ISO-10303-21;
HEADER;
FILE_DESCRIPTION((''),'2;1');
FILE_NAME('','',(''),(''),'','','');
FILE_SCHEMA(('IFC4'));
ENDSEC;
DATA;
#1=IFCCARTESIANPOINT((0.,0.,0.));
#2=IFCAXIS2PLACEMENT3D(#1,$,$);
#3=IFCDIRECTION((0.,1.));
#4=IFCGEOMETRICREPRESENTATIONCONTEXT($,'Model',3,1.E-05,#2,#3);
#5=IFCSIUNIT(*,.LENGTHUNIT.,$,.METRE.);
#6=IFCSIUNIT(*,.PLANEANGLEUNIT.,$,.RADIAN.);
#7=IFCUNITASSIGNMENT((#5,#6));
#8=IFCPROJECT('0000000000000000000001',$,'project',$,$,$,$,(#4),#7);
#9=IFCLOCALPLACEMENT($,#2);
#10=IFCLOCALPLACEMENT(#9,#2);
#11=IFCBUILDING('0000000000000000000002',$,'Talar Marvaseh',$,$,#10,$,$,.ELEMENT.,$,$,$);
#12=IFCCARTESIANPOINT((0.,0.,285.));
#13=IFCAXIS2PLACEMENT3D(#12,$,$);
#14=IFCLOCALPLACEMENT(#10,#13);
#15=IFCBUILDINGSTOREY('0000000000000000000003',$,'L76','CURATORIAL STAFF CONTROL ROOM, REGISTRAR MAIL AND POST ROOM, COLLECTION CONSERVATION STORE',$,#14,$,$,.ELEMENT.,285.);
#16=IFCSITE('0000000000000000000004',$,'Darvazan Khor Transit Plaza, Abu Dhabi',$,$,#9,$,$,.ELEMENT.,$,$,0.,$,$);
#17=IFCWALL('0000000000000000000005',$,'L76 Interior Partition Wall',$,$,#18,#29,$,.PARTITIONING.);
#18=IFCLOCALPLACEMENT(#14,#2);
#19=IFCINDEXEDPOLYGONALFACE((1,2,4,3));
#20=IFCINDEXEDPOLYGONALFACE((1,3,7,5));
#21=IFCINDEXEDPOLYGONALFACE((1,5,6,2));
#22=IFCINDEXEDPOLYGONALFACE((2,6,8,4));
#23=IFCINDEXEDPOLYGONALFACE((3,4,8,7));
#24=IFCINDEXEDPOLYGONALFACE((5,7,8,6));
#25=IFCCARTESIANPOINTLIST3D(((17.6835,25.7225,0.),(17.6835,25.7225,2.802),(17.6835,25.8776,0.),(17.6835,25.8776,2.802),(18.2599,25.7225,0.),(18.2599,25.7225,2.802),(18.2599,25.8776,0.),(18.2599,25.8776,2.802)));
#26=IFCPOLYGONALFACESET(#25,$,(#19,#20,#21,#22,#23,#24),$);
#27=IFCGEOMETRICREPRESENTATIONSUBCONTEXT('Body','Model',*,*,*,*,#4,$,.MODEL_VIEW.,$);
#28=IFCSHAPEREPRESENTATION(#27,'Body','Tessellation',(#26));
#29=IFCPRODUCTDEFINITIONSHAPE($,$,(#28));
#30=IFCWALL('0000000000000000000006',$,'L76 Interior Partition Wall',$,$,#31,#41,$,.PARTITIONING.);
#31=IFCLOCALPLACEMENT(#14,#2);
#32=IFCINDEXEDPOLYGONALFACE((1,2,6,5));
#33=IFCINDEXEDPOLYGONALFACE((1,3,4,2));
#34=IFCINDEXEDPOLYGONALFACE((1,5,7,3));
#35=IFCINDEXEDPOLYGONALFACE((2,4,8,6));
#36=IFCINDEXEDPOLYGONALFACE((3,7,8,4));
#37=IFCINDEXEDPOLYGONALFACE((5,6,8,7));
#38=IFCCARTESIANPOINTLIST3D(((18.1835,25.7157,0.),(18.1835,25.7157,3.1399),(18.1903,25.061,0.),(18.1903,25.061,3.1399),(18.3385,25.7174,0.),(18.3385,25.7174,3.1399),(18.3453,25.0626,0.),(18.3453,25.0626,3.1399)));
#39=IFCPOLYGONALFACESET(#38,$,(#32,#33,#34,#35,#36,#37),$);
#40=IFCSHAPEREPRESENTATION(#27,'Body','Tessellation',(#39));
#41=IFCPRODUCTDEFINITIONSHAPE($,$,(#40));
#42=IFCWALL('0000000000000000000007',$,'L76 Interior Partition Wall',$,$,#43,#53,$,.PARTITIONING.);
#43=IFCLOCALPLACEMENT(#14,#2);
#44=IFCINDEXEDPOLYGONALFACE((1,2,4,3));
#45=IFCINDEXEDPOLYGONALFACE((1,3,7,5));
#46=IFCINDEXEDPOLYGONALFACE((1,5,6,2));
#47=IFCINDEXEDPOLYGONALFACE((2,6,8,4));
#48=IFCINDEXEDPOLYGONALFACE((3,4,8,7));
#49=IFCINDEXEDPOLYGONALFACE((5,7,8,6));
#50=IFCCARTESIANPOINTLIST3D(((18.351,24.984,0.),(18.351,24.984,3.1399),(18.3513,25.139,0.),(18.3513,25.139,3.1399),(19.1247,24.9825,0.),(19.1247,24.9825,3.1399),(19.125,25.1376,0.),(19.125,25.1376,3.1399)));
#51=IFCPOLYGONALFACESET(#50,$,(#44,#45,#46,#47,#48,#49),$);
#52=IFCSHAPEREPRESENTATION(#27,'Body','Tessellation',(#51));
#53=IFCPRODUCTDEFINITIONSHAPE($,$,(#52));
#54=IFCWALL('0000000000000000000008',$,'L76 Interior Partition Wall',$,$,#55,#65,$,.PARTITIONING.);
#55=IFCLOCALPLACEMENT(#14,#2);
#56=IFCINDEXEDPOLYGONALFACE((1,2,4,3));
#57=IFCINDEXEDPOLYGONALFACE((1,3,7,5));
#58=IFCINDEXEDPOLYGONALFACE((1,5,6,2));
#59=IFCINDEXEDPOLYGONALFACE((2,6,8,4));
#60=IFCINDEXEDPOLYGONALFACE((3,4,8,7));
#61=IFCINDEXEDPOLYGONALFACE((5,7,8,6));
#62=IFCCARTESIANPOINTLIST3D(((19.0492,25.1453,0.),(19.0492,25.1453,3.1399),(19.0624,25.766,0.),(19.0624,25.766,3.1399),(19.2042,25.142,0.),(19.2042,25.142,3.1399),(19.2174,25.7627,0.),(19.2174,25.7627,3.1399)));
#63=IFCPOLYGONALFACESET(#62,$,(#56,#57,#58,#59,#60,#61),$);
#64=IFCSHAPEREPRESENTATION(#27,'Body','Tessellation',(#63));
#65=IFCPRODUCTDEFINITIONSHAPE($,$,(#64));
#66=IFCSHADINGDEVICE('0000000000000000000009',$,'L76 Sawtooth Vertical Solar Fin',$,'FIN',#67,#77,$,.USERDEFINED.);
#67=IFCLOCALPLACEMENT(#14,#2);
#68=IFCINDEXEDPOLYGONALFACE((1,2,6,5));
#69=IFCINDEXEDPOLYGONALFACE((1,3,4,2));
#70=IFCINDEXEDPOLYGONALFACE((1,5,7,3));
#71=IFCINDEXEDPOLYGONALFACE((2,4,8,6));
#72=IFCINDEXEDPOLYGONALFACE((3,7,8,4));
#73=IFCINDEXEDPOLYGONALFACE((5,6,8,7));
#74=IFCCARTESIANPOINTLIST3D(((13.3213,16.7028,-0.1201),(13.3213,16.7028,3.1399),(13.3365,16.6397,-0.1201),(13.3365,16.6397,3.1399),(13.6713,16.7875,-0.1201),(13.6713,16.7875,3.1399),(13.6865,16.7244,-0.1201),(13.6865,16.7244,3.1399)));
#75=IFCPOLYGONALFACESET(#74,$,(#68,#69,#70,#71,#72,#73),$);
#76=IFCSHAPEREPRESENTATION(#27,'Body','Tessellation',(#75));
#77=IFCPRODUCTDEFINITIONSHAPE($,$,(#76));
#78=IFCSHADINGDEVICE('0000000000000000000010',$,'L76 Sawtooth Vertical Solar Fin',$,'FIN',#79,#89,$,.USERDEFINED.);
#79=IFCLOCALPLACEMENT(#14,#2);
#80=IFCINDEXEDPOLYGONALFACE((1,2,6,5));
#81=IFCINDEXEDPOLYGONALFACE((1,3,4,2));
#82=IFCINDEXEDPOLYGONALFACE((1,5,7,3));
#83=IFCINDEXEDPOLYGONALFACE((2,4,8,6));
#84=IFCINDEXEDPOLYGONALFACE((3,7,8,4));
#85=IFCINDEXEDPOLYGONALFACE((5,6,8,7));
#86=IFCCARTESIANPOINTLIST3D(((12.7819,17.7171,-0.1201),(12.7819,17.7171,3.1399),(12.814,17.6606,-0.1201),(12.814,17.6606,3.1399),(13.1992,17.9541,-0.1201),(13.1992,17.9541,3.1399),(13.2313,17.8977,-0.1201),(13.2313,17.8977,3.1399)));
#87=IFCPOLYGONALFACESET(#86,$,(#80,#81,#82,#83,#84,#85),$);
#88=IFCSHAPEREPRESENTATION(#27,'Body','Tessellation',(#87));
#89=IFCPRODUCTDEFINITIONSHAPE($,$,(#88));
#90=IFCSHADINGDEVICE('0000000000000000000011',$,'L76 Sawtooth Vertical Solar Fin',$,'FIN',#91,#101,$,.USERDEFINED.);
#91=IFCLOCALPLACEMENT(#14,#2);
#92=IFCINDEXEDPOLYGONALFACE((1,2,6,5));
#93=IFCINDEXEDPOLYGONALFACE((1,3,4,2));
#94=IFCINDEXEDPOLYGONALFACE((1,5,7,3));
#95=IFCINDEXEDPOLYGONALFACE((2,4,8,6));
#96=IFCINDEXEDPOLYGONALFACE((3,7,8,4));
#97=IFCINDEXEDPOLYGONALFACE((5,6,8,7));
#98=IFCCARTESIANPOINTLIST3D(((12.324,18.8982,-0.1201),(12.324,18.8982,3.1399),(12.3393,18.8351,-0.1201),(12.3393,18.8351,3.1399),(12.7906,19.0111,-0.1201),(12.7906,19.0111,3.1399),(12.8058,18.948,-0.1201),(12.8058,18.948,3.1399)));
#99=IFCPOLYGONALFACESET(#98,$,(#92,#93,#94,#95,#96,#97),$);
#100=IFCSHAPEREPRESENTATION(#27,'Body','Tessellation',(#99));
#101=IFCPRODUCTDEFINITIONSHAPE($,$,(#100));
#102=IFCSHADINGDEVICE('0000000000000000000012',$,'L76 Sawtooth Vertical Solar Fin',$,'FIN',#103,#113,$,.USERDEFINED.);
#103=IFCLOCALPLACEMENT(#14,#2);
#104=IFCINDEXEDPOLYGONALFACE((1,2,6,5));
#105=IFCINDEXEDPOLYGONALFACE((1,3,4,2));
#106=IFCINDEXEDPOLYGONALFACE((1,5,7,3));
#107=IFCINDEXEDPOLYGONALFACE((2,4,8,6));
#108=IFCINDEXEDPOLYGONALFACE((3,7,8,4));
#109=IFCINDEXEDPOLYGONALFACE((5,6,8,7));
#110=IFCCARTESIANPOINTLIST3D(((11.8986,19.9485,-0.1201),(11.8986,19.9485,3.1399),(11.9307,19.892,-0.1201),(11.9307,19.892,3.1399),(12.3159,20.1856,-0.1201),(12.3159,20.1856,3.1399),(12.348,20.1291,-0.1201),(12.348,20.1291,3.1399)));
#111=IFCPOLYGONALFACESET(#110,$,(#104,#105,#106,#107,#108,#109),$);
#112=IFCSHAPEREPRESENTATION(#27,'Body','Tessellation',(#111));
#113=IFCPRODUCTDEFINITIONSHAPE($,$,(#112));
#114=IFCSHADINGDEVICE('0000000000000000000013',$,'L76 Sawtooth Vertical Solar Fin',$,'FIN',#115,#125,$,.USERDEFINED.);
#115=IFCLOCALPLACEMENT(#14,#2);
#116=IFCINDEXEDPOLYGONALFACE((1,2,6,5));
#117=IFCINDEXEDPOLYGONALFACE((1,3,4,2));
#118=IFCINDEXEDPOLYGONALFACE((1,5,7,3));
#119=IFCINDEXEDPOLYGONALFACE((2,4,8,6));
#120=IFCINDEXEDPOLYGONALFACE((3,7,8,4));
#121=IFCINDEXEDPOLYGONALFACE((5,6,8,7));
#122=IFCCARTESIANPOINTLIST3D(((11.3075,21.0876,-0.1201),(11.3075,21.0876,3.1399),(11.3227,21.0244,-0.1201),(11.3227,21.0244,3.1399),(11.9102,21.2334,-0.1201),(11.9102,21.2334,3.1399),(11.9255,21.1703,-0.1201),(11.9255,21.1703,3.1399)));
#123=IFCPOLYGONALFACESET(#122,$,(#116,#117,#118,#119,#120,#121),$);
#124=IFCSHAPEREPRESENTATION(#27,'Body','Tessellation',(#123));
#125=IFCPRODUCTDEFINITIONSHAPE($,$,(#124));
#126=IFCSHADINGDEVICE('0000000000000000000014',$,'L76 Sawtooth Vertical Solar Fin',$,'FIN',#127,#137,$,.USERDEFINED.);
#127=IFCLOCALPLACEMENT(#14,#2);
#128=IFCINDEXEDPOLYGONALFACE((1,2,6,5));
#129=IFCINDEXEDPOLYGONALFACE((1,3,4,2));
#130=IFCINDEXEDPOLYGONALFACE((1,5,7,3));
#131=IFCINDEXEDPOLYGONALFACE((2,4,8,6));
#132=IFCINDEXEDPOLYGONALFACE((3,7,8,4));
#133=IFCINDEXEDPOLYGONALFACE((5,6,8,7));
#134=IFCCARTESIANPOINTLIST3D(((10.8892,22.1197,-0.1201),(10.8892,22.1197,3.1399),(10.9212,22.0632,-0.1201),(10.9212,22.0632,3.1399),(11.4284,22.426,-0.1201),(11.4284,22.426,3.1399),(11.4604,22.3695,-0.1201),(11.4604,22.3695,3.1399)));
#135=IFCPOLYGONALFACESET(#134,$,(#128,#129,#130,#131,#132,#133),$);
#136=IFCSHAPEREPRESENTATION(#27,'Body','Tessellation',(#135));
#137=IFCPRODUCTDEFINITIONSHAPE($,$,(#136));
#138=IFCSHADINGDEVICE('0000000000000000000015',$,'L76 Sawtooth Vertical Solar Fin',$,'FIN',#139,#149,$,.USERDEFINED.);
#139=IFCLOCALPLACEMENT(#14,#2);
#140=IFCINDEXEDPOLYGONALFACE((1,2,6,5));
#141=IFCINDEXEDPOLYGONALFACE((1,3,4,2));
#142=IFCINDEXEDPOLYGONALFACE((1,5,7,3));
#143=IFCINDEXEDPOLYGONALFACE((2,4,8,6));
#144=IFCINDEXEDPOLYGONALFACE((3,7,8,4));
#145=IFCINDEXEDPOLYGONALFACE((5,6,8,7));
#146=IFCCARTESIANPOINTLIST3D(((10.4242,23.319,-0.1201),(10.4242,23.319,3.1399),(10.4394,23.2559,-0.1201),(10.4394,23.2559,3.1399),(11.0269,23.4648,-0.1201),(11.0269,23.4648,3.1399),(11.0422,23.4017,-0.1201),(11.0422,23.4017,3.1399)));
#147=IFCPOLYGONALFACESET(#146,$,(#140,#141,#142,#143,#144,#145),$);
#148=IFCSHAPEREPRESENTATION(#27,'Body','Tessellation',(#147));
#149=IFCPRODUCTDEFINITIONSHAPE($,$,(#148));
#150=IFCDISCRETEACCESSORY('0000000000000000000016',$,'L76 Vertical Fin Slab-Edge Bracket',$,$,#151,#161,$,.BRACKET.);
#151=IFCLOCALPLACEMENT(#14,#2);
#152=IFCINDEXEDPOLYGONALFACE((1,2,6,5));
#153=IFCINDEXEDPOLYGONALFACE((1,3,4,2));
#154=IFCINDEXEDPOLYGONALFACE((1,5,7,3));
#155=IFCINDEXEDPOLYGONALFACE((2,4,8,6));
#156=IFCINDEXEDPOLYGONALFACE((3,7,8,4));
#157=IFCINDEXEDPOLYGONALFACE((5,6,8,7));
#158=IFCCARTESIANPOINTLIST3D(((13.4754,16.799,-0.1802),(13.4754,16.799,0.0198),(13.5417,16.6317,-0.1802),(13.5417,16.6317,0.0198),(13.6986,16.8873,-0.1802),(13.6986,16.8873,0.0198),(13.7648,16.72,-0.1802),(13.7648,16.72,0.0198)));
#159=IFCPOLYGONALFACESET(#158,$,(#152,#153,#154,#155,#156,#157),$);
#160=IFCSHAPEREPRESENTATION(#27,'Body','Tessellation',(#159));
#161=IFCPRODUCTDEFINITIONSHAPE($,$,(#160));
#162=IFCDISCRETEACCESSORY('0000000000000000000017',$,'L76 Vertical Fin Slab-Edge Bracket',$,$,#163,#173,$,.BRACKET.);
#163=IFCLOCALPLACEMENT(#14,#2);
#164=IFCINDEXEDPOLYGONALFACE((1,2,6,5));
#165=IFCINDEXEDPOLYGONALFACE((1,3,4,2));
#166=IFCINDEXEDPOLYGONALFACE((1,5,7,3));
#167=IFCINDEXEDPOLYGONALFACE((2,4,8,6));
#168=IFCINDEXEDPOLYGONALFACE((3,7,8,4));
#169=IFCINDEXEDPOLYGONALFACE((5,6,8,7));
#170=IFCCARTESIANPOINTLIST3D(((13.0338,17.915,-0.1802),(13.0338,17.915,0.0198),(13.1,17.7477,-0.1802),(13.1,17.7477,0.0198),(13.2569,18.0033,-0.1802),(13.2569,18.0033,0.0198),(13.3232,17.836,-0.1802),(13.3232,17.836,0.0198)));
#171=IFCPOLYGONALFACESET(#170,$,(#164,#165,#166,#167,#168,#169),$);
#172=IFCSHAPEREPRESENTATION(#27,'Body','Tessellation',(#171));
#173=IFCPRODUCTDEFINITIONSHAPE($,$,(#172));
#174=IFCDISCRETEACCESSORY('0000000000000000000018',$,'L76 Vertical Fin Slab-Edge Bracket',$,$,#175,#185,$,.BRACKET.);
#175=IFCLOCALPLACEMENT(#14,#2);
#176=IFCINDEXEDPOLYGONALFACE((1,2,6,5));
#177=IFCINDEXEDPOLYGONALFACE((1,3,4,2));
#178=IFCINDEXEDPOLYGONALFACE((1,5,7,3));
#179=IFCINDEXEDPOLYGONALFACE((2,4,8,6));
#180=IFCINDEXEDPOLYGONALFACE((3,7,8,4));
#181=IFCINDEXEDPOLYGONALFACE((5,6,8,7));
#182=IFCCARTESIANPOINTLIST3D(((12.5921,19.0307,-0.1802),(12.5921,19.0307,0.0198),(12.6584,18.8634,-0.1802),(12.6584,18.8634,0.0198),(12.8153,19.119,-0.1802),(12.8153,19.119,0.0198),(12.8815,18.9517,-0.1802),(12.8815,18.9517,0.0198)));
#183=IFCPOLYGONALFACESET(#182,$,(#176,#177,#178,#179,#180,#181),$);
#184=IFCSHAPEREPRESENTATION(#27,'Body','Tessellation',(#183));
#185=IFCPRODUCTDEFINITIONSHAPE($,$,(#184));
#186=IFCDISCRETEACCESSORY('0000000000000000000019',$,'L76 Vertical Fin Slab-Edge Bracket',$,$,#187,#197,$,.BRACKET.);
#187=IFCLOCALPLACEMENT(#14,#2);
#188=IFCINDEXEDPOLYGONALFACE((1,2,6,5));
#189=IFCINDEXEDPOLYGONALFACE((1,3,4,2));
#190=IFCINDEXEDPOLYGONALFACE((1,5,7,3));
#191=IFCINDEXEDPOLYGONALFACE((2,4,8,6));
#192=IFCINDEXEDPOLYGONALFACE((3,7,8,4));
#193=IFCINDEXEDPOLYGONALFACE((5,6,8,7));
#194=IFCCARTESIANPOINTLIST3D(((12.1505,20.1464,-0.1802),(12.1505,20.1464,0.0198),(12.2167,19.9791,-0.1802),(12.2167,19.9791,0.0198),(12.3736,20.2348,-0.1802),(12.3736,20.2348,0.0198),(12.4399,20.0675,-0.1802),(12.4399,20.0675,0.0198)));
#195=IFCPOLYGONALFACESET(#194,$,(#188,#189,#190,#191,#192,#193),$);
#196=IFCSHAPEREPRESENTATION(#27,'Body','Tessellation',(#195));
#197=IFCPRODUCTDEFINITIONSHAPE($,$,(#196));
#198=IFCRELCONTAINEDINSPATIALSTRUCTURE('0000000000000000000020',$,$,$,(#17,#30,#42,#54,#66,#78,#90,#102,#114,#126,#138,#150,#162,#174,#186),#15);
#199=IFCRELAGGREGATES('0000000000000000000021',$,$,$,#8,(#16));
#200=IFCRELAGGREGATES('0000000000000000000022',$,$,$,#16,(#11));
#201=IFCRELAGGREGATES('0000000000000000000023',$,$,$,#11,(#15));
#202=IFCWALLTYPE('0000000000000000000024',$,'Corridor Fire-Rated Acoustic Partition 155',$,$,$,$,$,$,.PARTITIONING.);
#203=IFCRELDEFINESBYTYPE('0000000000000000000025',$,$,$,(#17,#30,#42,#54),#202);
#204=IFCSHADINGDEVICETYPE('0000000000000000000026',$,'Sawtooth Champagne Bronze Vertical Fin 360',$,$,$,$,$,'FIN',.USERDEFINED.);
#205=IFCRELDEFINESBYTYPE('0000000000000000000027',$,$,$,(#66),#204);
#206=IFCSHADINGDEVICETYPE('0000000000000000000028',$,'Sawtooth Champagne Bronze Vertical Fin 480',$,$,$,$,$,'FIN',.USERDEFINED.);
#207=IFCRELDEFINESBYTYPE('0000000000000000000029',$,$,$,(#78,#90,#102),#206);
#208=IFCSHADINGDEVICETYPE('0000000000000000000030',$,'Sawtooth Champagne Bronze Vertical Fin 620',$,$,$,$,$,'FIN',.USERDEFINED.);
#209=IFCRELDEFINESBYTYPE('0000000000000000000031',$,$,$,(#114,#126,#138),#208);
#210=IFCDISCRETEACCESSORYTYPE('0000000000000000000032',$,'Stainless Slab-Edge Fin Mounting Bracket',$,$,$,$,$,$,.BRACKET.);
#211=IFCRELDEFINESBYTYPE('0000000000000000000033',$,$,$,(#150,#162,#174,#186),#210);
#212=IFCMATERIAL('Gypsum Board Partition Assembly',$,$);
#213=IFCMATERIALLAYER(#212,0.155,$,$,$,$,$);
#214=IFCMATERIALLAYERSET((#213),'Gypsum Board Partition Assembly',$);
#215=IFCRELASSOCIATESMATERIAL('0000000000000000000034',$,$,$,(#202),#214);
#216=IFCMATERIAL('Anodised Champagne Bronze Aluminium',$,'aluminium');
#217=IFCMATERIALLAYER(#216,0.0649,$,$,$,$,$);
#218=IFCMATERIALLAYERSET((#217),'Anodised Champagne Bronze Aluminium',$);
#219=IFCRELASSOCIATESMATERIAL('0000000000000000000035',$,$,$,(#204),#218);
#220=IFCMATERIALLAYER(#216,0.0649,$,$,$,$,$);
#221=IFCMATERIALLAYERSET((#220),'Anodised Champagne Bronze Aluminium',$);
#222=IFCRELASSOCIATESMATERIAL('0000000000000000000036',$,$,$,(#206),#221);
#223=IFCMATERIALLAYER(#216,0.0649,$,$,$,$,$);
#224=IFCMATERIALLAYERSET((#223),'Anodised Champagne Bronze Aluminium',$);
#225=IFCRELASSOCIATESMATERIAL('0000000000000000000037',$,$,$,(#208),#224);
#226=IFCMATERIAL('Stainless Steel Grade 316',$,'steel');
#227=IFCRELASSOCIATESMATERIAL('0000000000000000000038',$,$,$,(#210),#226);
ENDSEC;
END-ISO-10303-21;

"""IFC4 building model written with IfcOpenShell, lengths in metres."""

from ifc_helpers import new_model, si_unit, direction, frame, frame_2d, origin, origin_2d, place, context, subcontext, project, spatial, rectangle, extrude, source, transform, mapped, material, layer, layer_set, type_object, type_shapes, element, save


model = new_model("IFC4")

# Units and contexts
model_context = context("Model", 3, precision=1e-05, world=origin(), true_north=direction((0.0, 1.0)))
body_context = subcontext(model_context, "Body", "Model", "MODEL_VIEW")
ifc_project = project(units=[si_unit("LENGTHUNIT", "METRE"), si_unit("PLANEANGLEUNIT", "RADIAN")], contexts=[model_context])

# Site, building, storey
site_placement = place(None, origin())
site = spatial("IfcSite", under=ifc_project, at=site_placement, Name="Darvazan Khor Transit Plaza, Abu Dhabi", CompositionType="ELEMENT", RefElevation=0.0)
building_placement = place(site_placement, origin())
building = spatial("IfcBuilding", under=site, at=building_placement, Name="Talar Marvaseh", CompositionType="ELEMENT")
storey_placement = place(building_placement, frame((0.0, 0.0, 285.0)))
storey = spatial("IfcBuildingStorey", under=building, at=storey_placement, Name="L76", Description="CURATORIAL STAFF CONTROL ROOM, REGISTRAR MAIL AND POST ROOM, COLLECTION CONSERVATION STORE", CompositionType="ELEMENT", Elevation=285.0)

# Shared definitions
ifc_material_1 = material(Name="Gypsum Board Partition Assembly")
ifc_layer_1 = layer(ifc_material_1, 0.155)
ifc_layer_set_1 = layer_set([ifc_layer_1], Name="Gypsum Board Partition Assembly")
wall_type_1 = type_object("IfcWallType", Name="Corridor Fire-Rated Acoustic Partition 155", PredefinedType="PARTITIONING", material=ifc_layer_set_1)

# Walls
wall_1_placement = place(storey_placement, frame((17.6836, 25.8, 0.0), z_axis=(0.0, 0.0, 1.0), x_axis=(1.0, 0.0, 0.0)))
element("IfcWall", 1, at=wall_1_placement, inside=storey, type_object=wall_type_1, Name="L76 Interior Partition Wall", PredefinedType="PARTITIONING", context=body_context, shape_type="SweptSolid", body=[
    extrude(rectangle(XDim=0.5764, YDim=0.155, at=frame_2d((0.2881, 0.0))), origin(), (0.0, 0.0, 1.0), 2.802),
])
wall_2_placement = place(storey_placement, frame((18.261, 25.7166, 0.0), z_axis=(0.0, 0.0, 1.0), x_axis=(0.010439, -0.999946, 0.0)))
element("IfcWall", 2, at=wall_2_placement, inside=storey, type_object=wall_type_1, Name="L76 Interior Partition Wall", PredefinedType="PARTITIONING", context=body_context, shape_type="SweptSolid", body=[
    extrude(rectangle(XDim=0.6548, YDim=0.155, at=frame_2d((0.3274, 0.0))), origin(), (0.0, 0.0, 1.0), 3.1399),
])
wall_3_placement = place(storey_placement, frame((18.3513, 25.0615, 0.0), z_axis=(0.0, 0.0, 1.0), x_axis=(0.999998, -0.001893, 0.0)))
element("IfcWall", 3, at=wall_3_placement, inside=storey, type_object=wall_type_1, Name="L76 Interior Partition Wall", PredefinedType="PARTITIONING", context=body_context, shape_type="SweptSolid", body=[
    extrude(rectangle(XDim=0.7737, YDim=0.155, at=frame_2d((0.3867, 0.0))), origin(), (0.0, 0.0, 1.0), 3.1399),
])
wall_4_placement = place(storey_placement, frame((19.1267, 25.1436, 0.0), z_axis=(0.0, 0.0, 1.0), x_axis=(0.021238, 0.999774, 0.0)))
element("IfcWall", 4, at=wall_4_placement, inside=storey, type_object=wall_type_1, Name="L76 Interior Partition Wall", PredefinedType="PARTITIONING", context=body_context, shape_type="SweptSolid", body=[
    extrude(rectangle(XDim=0.6208, YDim=0.155, at=frame_2d((0.3105, 0.0))), origin(), (0.0, 0.0, 1.0), 3.1399),
])

# Shading devices
ifc_material_2 = material(Name="Anodised Champagne Bronze Aluminium", Category="aluminium")
ifc_layer_2 = layer(ifc_material_2, 0.0649)
ifc_layer_set_2 = layer_set([ifc_layer_2], Name="Anodised Champagne Bronze Aluminium")
shading_device_type_1 = type_object("IfcShadingDeviceType", Name="Sawtooth Champagne Bronze Vertical Fin 360", ElementType="FIN", PredefinedType="USERDEFINED", material=ifc_layer_set_2)
shared_shape_1 = source(origin(), body_context, "Body", "SweptSolid", [
    extrude(rectangle(XDim=0.3601, YDim=0.0649, at=origin_2d()), origin(), (0.0, 0.0, 1.0), 3.26),
])
type_shapes(shading_device_type_1, [shared_shape_1])
shading_device_placement = place(storey_placement, frame((13.5039, 16.7136, -0.1201), z_axis=(0.0, 0.0, 1.0), x_axis=(-0.971961, -0.235142, 0.0)))
element("IfcShadingDevice", 5, at=shading_device_placement, inside=storey, type_object=shading_device_type_1, Name="L76 Sawtooth Vertical Solar Fin", ObjectType="FIN", PredefinedType="USERDEFINED", context=body_context, shape_type="MappedRepresentation", body=[
    mapped(shared_shape_1, transform((0.0, 0.0, 0.0), x_axis=(1.0, 0.0, 0.0), y_axis=(0.0, 1.0, 0.0), z_axis=(0.0, 0.0, 1.0), scale=1.0)),
])
ifc_layer_3 = layer(ifc_material_2, 0.0649)
ifc_layer_set_3 = layer_set([ifc_layer_3], Name="Anodised Champagne Bronze Aluminium")
shading_device_type_2 = type_object("IfcShadingDeviceType", Name="Sawtooth Champagne Bronze Vertical Fin 480", ElementType="FIN", PredefinedType="USERDEFINED", material=ifc_layer_set_3)
shared_shape_2 = source(origin(), body_context, "Body", "SweptSolid", [
    extrude(rectangle(XDim=0.48, YDim=0.0649, at=origin_2d()), origin(), (0.0, 0.0, 1.0), 3.26),
])
type_shapes(shading_device_type_2, [shared_shape_2])
for number, where, z_axis, x_axis, name in (
    (6, (13.0066, 17.8074, -0.1201), (0.0, 0.0, 1.0), (-0.869495, -0.493942, 0.0), "L76 Sawtooth Vertical Solar Fin"),
    (7, (12.5649, 18.9231, -0.1201), (0.0, 0.0, 1.0), (-0.971961, -0.235142, 0.0), "L76 Sawtooth Vertical Solar Fin"),
    (8, (12.1233, 20.0388, -0.1201), (0.0, 0.0, 1.0), (-0.869495, -0.493942, 0.0), "L76 Sawtooth Vertical Solar Fin"),
):
    element("IfcShadingDevice", number, at=place(storey_placement, frame(where, z_axis=z_axis, x_axis=x_axis)), inside=storey, type_object=shading_device_type_2, Name=name, ObjectType="FIN", PredefinedType="USERDEFINED", context=body_context, shape_type="MappedRepresentation", body=[
        mapped(shared_shape_2, transform((0.0, 0.0, 0.0), x_axis=(1.0, 0.0, 0.0), y_axis=(0.0, 1.0, 0.0), z_axis=(0.0, 0.0, 1.0), scale=1.0)),
    ])
ifc_layer_4 = layer(ifc_material_2, 0.0649)
ifc_layer_set_4 = layer_set([ifc_layer_4], Name="Anodised Champagne Bronze Aluminium")
shading_device_type_3 = type_object("IfcShadingDeviceType", Name="Sawtooth Champagne Bronze Vertical Fin 620", ElementType="FIN", PredefinedType="USERDEFINED", material=ifc_layer_set_4)
shared_shape_3 = source(origin(), body_context, "Body", "SweptSolid", [
    extrude(rectangle(XDim=0.6201, YDim=0.0649, at=origin_2d()), origin(), (0.0, 0.0, 1.0), 3.26),
])
type_shapes(shading_device_type_3, [shared_shape_3])
for number, where, z_axis, x_axis, name in (
    (9, (11.6165, 21.1289, -0.1201), (0.0, 0.0, 1.0), (-0.971961, -0.235142, 0.0), "L76 Sawtooth Vertical Solar Fin"),
    (10, (11.1748, 22.2446, -0.1201), (0.0, 0.0, 1.0), (-0.869495, -0.493942, 0.0), "L76 Sawtooth Vertical Solar Fin"),
    (11, (10.7332, 23.3604, -0.1201), (0.0, 0.0, 1.0), (-0.971961, -0.235142, 0.0), "L76 Sawtooth Vertical Solar Fin"),
):
    element("IfcShadingDevice", number, at=place(storey_placement, frame(where, z_axis=z_axis, x_axis=x_axis)), inside=storey, type_object=shading_device_type_3, Name=name, ObjectType="FIN", PredefinedType="USERDEFINED", context=body_context, shape_type="MappedRepresentation", body=[
        mapped(shared_shape_3, transform((0.0, 0.0, 0.0), x_axis=(1.0, 0.0, 0.0), y_axis=(0.0, 1.0, 0.0), z_axis=(0.0, 0.0, 1.0), scale=1.0)),
    ])

# Discrete accessories
ifc_material_3 = material(Name="Stainless Steel Grade 316", Category="steel")
discrete_accessory_type = type_object("IfcDiscreteAccessoryType", Name="Stainless Slab-Edge Fin Mounting Bracket", PredefinedType="BRACKET", material=ifc_material_3)
shared_shape_4 = source(origin(), body_context, "Body", "SweptSolid", [
    extrude(rectangle(XDim=0.24, YDim=0.1799, at=origin_2d()), origin(), (0.0, 0.0, 1.0), 0.2),
])
type_shapes(discrete_accessory_type, [shared_shape_4])
for number, where, z_axis, x_axis, name in (
    (12, (13.6201, 16.7595, -0.1802), (0.0, 0.0, 1.0), (-0.929776, -0.368125, 0.0), "L76 Vertical Fin Slab-Edge Bracket"),
    (13, (13.1785, 17.8755, -0.1802), (0.0, 0.0, 1.0), (-0.929776, -0.368125, 0.0), "L76 Vertical Fin Slab-Edge Bracket"),
    (14, (12.7368, 18.9912, -0.1802), (0.0, 0.0, 1.0), (-0.929776, -0.368125, 0.0), "L76 Vertical Fin Slab-Edge Bracket"),
    (15, (12.2952, 20.1069, -0.1802), (0.0, 0.0, 1.0), (-0.929776, -0.368125, 0.0), "L76 Vertical Fin Slab-Edge Bracket"),
):
    element("IfcDiscreteAccessory", number, at=place(storey_placement, frame(where, z_axis=z_axis, x_axis=x_axis)), inside=storey, type_object=discrete_accessory_type, Name=name, PredefinedType="BRACKET", context=body_context, shape_type="MappedRepresentation", body=[
        mapped(shared_shape_4, transform((0.0, 0.0, 0.0), x_axis=(1.0, 0.0, 0.0), y_axis=(0.0, 1.0, 0.0), z_axis=(0.0, 0.0, 1.0), scale=1.0)),
    ])

save(model, "model.ifc")
